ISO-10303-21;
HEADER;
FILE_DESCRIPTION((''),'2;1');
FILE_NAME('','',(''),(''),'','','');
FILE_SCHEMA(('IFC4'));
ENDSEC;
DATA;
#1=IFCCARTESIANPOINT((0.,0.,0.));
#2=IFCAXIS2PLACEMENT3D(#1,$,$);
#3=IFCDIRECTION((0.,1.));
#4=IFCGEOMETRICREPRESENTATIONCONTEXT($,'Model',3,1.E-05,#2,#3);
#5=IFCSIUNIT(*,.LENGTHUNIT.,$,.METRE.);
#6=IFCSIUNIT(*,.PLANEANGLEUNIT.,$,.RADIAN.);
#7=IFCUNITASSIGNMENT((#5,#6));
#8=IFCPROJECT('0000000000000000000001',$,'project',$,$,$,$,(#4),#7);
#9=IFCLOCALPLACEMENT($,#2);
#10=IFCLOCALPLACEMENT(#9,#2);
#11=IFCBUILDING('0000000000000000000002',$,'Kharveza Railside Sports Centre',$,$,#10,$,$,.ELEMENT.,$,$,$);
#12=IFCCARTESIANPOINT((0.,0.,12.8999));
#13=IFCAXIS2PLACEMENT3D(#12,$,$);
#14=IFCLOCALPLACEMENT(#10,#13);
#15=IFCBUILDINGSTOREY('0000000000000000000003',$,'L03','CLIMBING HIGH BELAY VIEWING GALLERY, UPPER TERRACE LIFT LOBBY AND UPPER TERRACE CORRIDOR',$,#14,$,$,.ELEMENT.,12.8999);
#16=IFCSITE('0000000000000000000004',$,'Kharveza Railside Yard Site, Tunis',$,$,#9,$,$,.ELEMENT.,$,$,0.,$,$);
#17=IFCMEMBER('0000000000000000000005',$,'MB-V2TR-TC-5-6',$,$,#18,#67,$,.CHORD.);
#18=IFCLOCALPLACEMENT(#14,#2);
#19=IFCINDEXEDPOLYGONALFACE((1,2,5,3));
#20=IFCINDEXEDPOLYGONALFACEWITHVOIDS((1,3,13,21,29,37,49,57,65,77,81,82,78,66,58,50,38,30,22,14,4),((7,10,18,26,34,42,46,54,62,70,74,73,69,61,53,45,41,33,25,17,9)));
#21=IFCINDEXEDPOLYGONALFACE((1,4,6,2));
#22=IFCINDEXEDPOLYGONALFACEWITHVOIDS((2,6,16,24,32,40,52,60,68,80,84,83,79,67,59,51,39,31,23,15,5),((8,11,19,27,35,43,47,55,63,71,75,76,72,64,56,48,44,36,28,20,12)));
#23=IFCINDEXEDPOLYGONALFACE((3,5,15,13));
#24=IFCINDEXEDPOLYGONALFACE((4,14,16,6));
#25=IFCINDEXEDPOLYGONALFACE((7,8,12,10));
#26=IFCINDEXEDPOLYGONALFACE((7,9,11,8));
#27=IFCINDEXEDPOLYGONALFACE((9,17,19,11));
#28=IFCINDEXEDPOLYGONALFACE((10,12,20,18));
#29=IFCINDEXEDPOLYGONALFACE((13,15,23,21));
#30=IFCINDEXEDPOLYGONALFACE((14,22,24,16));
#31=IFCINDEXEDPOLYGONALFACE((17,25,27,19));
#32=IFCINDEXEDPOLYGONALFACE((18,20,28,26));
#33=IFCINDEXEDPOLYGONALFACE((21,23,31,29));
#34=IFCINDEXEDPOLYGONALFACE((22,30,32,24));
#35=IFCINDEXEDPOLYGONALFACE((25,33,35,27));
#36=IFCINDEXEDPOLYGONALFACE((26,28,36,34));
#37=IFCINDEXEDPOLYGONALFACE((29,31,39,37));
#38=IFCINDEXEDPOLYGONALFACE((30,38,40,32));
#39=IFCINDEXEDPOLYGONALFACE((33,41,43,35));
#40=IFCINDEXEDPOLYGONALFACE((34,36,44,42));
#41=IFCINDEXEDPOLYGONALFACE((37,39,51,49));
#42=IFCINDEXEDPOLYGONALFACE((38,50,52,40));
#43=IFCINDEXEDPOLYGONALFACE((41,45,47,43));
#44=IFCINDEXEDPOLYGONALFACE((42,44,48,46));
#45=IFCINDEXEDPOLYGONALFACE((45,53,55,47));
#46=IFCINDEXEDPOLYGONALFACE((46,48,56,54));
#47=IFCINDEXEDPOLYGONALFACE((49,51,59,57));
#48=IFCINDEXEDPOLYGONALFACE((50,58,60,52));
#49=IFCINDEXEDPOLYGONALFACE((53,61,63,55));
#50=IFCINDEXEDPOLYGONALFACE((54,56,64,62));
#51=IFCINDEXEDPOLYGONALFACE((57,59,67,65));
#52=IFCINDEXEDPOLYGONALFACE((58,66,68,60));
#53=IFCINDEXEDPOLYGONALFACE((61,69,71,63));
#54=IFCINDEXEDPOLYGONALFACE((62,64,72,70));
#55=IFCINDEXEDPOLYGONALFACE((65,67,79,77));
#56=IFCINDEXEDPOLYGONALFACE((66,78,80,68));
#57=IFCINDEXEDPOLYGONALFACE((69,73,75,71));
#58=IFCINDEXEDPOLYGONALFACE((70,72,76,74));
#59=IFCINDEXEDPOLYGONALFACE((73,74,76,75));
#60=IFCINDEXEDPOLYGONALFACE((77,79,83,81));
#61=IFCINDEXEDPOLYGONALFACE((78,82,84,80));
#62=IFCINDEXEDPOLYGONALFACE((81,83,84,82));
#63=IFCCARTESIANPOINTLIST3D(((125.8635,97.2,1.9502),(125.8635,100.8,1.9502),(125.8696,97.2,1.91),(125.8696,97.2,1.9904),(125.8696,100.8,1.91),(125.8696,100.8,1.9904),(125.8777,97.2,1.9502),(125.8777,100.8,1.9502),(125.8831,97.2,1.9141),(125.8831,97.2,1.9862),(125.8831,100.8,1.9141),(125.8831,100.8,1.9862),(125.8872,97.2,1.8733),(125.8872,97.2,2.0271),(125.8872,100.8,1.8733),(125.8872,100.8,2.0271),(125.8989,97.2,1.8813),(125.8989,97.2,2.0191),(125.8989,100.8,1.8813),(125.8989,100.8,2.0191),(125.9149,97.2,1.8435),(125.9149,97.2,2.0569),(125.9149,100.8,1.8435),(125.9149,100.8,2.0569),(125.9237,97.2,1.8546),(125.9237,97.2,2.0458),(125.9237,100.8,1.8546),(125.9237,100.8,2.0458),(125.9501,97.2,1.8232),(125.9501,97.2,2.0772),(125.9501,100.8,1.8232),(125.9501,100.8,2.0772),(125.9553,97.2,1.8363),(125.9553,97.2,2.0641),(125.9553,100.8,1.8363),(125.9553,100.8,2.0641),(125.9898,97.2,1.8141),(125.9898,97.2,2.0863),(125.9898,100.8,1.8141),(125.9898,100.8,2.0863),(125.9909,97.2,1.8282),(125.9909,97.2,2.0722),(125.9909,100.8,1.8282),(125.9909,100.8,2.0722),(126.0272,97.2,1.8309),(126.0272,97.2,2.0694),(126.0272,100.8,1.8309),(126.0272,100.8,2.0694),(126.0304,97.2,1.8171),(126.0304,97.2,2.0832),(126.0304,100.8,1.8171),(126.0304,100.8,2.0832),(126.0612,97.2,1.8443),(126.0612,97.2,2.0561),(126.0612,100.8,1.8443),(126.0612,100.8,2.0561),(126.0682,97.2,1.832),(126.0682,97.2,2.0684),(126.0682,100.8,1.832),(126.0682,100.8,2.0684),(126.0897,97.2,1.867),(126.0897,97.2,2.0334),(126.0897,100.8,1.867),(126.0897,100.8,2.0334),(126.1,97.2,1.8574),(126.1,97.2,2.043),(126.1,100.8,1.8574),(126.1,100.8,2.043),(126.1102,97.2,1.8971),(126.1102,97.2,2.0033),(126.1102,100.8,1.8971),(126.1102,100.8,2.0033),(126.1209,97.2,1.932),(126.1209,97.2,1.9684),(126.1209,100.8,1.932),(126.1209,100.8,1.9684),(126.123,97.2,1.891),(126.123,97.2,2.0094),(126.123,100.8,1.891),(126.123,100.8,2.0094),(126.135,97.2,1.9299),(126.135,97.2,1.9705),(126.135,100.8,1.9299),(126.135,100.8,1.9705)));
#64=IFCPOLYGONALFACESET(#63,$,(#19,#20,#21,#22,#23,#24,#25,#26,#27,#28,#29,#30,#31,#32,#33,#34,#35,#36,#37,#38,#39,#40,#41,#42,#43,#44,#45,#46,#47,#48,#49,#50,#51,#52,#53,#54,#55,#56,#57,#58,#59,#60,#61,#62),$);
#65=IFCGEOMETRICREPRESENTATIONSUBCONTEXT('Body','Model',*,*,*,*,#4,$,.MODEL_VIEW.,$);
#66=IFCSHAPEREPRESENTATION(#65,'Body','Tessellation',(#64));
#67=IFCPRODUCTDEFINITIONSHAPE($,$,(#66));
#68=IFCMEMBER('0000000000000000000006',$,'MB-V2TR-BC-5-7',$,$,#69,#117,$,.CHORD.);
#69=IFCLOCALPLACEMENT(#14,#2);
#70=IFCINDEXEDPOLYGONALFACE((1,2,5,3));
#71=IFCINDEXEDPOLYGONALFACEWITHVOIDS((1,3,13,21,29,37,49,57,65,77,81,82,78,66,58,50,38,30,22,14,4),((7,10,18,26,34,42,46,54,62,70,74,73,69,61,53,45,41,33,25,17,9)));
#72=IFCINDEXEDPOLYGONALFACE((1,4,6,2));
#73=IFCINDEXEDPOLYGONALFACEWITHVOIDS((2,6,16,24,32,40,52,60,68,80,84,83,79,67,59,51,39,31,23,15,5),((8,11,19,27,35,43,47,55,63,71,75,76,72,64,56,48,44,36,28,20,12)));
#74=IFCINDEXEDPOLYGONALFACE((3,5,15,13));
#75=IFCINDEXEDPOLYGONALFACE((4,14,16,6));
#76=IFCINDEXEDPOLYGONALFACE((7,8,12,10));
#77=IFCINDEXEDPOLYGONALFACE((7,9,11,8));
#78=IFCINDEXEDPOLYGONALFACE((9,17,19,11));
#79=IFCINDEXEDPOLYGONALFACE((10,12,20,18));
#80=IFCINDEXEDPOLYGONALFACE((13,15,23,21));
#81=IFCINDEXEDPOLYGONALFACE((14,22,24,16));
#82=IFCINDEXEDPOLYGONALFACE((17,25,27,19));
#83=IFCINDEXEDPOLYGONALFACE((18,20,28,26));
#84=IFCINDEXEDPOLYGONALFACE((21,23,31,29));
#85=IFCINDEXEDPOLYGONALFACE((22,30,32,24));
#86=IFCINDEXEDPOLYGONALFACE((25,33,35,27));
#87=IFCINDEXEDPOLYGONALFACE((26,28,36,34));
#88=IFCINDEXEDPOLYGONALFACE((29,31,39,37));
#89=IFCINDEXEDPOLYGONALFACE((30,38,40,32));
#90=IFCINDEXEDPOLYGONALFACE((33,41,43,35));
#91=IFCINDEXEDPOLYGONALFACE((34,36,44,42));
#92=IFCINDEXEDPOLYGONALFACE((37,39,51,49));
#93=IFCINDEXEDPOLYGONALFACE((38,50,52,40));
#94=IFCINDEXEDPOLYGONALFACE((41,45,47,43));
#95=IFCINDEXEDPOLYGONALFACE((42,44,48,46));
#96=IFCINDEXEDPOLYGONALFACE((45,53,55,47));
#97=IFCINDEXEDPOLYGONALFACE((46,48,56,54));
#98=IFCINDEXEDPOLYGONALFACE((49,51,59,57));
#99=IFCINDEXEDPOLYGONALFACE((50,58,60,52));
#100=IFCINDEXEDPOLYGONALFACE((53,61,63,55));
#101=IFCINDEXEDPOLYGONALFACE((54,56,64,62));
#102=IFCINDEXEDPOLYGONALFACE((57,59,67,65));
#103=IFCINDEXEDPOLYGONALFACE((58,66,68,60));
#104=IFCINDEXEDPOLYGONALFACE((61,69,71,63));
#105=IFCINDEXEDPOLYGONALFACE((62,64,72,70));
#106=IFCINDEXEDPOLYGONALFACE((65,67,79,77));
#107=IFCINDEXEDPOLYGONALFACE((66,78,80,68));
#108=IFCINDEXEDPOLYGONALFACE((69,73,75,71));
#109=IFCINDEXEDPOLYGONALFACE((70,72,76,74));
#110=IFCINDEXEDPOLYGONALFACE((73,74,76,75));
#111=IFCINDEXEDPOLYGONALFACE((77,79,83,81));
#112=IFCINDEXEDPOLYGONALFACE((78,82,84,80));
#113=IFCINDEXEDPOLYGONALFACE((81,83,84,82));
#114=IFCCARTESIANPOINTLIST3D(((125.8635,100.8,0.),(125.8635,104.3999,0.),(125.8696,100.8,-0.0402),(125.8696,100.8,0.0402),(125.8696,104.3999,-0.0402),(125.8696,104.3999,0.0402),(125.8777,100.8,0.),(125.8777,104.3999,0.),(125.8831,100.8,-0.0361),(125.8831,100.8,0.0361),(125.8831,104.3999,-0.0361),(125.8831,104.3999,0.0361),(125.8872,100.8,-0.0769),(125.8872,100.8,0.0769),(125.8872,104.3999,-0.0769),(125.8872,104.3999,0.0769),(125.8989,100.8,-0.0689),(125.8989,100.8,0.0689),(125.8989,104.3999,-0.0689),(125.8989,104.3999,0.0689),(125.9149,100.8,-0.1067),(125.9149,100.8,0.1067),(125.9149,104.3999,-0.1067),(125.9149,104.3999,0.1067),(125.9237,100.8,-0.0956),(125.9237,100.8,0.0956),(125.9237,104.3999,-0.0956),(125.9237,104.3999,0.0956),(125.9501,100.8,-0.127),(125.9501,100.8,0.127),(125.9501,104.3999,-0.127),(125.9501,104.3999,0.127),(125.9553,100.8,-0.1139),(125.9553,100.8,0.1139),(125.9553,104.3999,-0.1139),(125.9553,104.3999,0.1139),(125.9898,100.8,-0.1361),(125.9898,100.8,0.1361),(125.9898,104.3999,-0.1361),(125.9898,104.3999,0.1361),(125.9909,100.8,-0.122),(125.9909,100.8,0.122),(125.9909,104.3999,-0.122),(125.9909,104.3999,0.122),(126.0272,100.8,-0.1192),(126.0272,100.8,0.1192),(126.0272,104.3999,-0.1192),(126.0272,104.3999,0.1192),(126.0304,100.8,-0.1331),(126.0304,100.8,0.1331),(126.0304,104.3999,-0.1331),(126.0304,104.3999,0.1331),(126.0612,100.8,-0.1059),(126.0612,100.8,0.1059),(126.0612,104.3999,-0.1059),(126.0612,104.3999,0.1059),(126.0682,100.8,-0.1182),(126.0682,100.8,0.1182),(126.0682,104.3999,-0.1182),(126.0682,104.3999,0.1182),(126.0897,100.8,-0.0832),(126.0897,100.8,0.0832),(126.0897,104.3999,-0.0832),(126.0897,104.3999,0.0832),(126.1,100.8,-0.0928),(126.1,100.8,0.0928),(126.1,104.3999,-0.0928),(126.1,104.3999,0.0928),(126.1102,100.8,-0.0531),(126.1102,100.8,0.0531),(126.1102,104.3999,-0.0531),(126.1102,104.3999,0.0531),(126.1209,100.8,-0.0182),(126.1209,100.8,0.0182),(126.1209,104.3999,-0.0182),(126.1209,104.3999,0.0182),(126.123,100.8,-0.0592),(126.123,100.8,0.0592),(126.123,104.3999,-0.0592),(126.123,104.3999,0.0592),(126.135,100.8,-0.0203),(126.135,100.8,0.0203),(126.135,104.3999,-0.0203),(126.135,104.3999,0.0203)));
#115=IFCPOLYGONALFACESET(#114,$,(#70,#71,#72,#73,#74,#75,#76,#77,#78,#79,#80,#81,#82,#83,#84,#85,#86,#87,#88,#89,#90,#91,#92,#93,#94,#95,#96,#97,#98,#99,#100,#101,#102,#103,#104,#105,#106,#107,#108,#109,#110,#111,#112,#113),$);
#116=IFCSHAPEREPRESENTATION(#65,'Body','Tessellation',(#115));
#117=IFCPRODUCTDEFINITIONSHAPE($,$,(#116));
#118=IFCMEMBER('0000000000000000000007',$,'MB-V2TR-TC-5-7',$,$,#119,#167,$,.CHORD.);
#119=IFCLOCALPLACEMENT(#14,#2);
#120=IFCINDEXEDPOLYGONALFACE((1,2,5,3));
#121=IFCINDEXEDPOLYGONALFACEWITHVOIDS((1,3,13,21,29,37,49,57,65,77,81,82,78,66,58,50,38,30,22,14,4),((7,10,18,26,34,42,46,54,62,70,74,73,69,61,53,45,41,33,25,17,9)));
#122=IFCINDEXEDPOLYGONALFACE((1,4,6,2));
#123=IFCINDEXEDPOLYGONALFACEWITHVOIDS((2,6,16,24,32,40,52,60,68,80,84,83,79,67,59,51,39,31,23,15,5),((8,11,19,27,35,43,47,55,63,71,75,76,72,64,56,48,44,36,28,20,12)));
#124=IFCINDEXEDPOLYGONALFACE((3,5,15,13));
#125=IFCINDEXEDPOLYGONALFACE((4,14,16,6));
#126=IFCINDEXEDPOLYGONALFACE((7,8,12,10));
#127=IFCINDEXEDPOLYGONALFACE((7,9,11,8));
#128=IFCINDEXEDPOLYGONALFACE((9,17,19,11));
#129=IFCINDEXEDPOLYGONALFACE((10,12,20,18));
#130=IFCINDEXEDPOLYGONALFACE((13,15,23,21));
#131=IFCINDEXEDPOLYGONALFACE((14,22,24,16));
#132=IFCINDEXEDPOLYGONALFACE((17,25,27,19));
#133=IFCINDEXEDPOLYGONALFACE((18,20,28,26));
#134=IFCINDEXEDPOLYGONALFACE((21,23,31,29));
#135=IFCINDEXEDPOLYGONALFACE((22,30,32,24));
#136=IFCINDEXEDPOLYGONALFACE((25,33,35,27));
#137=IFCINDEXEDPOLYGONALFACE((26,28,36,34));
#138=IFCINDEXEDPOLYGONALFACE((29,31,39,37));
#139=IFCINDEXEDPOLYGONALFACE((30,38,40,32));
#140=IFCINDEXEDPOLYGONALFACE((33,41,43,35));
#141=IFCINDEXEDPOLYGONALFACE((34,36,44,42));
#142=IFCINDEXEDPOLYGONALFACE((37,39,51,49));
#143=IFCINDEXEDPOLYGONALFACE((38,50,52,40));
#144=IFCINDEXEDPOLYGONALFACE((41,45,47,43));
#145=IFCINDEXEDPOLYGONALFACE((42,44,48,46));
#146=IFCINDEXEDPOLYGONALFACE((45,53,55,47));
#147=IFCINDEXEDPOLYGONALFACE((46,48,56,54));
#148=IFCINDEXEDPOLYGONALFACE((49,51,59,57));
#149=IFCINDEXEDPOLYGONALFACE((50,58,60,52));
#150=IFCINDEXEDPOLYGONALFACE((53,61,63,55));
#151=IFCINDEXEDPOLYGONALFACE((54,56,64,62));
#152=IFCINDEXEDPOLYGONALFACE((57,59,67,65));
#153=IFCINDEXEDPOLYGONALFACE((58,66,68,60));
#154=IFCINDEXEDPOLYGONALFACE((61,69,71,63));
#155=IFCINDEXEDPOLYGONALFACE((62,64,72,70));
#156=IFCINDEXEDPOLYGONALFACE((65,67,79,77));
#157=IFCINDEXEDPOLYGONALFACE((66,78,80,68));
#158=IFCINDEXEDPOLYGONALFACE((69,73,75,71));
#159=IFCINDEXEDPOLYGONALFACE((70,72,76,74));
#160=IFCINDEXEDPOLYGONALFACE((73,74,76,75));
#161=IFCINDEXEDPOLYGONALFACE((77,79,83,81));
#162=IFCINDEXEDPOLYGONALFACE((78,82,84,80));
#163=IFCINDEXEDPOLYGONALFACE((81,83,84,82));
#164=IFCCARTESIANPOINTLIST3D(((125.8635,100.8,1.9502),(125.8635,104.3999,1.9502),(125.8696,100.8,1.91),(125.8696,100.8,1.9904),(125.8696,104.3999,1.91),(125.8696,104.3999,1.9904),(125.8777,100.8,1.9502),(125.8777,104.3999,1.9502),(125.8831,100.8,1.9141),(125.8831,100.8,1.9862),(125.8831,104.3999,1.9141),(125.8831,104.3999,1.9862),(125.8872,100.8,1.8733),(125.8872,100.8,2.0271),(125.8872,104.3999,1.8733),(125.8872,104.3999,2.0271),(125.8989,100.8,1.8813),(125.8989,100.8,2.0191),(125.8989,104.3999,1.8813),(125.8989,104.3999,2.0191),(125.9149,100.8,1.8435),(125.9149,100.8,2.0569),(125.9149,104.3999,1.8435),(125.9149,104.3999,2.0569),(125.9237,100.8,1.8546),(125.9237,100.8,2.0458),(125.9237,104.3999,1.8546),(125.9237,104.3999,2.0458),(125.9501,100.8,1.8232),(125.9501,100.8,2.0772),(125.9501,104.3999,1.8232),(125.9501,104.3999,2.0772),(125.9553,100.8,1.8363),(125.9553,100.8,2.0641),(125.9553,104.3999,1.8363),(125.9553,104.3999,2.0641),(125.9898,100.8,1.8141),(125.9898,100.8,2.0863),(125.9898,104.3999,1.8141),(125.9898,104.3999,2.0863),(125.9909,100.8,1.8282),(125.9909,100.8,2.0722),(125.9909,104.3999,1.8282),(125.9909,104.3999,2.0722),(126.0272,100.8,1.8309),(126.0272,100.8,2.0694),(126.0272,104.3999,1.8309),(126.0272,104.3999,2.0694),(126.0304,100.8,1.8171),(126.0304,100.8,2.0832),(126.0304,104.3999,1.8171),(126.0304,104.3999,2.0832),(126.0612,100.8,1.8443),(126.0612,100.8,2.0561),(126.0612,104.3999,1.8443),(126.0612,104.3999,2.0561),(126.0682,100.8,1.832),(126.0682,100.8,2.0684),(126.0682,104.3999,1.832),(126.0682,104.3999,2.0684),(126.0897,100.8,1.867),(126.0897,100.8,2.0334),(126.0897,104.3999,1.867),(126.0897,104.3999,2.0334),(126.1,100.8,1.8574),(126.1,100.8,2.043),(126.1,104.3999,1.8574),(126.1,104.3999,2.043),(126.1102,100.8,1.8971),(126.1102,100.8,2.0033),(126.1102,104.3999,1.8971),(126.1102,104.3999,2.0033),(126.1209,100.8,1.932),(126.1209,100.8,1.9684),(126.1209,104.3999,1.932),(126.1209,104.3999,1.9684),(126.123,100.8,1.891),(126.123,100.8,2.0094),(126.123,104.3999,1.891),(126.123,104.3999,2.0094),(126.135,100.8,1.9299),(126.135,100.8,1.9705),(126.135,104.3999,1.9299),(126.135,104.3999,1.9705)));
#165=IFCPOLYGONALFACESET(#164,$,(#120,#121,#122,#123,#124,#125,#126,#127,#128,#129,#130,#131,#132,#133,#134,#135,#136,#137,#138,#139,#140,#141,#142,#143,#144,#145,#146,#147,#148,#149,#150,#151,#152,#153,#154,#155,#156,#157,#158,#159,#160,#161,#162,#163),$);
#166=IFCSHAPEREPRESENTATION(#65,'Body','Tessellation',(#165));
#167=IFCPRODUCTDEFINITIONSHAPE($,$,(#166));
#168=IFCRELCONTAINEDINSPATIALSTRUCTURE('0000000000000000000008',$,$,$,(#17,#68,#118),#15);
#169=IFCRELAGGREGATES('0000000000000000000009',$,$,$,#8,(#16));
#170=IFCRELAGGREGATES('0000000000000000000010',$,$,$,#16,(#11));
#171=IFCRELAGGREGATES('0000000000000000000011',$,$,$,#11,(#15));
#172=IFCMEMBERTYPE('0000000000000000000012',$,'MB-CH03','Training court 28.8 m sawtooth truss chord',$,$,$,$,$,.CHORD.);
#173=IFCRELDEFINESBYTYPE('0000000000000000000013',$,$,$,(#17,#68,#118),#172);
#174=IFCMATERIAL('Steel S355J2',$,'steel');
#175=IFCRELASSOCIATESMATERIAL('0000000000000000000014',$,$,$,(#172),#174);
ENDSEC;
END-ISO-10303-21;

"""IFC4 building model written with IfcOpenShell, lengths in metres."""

from ifc_helpers import new_model, si_unit, direction, frame, origin, origin_2d, place, context, subcontext, project, spatial, hollow_circle, extrude, material, material_profile, profile_set, type_object, element, save


model = new_model("IFC4")

# Units and contexts
model_context = context("Model", 3, precision=1e-05, world=origin(), true_north=direction((0.0, 1.0)))
body_context = subcontext(model_context, "Body", "Model", "MODEL_VIEW")
ifc_project = project(units=[si_unit("LENGTHUNIT", "METRE"), si_unit("PLANEANGLEUNIT", "RADIAN")], contexts=[model_context])

# Site, building, storey
site_placement = place(None, origin())
site = spatial("IfcSite", under=ifc_project, at=site_placement, Name="Kharveza Railside Yard Site, Tunis", CompositionType="ELEMENT", RefElevation=0.0)
building_placement = place(site_placement, origin())
building = spatial("IfcBuilding", under=site, at=building_placement, Name="Kharveza Railside Sports Centre", CompositionType="ELEMENT")
storey_placement = place(building_placement, frame((0.0, 0.0, 12.8999)))
storey = spatial("IfcBuildingStorey", under=building, at=storey_placement, Name="L03", Description="CLIMBING HIGH BELAY VIEWING GALLERY, UPPER TERRACE LIFT LOBBY AND UPPER TERRACE CORRIDOR", CompositionType="ELEMENT", Elevation=12.8999)

# Shared definitions
ifc_material_1 = material(Name="Steel S355J2", Category="steel")

# Members
ifc_material_profile_1 = material_profile(ifc_material_1, hollow_circle(Radius=0.1365, WallThickness=0.0142, at=origin_2d()), Name="CHS 273.0x14.2")
ifc_profile_set_1 = profile_set([ifc_material_profile_1], Name="Steel S355J2")
member_type_1 = type_object("IfcMemberType", Name="MB-CH03", Description="Training court 28.8 m sawtooth truss chord", PredefinedType="CHORD", material=ifc_profile_set_1)
for number, where, z_axis, x_axis, name in (
    (1, (126.0, 97.2, 1.9502), (0.0, 1.0, 0.0), (-1.0, 0.0, 0.0), "MB-V2TR-TC-5-6"),
):
    element("IfcMember", number, at=place(storey_placement, frame(where, z_axis=z_axis, x_axis=x_axis)), inside=storey, type_object=member_type_1, Name=name, PredefinedType="CHORD", context=body_context, shape_type="SweptSolid", body=[
        extrude(hollow_circle(Radius=0.1365, WallThickness=0.0142, at=origin_2d()), origin(), (0.0, 0.0, 1.0), 3.6001),
    ])
for number, where, z_axis, x_axis, name in (
    (2, (126.0, 100.8, 0.0), (0.0, 1.0, 0.0), (-1.0, 0.0, 0.0), "MB-V2TR-BC-5-7"),
    (3, (126.0, 100.8, 1.9502), (0.0, 1.0, 0.0), (-1.0, 0.0, 0.0), "MB-V2TR-TC-5-7"),
):
    element("IfcMember", number, at=place(storey_placement, frame(where, z_axis=z_axis, x_axis=x_axis)), inside=storey, type_object=member_type_1, Name=name, PredefinedType="CHORD", context=body_context, shape_type="SweptSolid", body=[
        extrude(hollow_circle(Radius=0.1365, WallThickness=0.0142, at=origin_2d()), origin(), (0.0, 0.0, 1.0), 3.5999),
    ])

save(model, "model.ifc")
